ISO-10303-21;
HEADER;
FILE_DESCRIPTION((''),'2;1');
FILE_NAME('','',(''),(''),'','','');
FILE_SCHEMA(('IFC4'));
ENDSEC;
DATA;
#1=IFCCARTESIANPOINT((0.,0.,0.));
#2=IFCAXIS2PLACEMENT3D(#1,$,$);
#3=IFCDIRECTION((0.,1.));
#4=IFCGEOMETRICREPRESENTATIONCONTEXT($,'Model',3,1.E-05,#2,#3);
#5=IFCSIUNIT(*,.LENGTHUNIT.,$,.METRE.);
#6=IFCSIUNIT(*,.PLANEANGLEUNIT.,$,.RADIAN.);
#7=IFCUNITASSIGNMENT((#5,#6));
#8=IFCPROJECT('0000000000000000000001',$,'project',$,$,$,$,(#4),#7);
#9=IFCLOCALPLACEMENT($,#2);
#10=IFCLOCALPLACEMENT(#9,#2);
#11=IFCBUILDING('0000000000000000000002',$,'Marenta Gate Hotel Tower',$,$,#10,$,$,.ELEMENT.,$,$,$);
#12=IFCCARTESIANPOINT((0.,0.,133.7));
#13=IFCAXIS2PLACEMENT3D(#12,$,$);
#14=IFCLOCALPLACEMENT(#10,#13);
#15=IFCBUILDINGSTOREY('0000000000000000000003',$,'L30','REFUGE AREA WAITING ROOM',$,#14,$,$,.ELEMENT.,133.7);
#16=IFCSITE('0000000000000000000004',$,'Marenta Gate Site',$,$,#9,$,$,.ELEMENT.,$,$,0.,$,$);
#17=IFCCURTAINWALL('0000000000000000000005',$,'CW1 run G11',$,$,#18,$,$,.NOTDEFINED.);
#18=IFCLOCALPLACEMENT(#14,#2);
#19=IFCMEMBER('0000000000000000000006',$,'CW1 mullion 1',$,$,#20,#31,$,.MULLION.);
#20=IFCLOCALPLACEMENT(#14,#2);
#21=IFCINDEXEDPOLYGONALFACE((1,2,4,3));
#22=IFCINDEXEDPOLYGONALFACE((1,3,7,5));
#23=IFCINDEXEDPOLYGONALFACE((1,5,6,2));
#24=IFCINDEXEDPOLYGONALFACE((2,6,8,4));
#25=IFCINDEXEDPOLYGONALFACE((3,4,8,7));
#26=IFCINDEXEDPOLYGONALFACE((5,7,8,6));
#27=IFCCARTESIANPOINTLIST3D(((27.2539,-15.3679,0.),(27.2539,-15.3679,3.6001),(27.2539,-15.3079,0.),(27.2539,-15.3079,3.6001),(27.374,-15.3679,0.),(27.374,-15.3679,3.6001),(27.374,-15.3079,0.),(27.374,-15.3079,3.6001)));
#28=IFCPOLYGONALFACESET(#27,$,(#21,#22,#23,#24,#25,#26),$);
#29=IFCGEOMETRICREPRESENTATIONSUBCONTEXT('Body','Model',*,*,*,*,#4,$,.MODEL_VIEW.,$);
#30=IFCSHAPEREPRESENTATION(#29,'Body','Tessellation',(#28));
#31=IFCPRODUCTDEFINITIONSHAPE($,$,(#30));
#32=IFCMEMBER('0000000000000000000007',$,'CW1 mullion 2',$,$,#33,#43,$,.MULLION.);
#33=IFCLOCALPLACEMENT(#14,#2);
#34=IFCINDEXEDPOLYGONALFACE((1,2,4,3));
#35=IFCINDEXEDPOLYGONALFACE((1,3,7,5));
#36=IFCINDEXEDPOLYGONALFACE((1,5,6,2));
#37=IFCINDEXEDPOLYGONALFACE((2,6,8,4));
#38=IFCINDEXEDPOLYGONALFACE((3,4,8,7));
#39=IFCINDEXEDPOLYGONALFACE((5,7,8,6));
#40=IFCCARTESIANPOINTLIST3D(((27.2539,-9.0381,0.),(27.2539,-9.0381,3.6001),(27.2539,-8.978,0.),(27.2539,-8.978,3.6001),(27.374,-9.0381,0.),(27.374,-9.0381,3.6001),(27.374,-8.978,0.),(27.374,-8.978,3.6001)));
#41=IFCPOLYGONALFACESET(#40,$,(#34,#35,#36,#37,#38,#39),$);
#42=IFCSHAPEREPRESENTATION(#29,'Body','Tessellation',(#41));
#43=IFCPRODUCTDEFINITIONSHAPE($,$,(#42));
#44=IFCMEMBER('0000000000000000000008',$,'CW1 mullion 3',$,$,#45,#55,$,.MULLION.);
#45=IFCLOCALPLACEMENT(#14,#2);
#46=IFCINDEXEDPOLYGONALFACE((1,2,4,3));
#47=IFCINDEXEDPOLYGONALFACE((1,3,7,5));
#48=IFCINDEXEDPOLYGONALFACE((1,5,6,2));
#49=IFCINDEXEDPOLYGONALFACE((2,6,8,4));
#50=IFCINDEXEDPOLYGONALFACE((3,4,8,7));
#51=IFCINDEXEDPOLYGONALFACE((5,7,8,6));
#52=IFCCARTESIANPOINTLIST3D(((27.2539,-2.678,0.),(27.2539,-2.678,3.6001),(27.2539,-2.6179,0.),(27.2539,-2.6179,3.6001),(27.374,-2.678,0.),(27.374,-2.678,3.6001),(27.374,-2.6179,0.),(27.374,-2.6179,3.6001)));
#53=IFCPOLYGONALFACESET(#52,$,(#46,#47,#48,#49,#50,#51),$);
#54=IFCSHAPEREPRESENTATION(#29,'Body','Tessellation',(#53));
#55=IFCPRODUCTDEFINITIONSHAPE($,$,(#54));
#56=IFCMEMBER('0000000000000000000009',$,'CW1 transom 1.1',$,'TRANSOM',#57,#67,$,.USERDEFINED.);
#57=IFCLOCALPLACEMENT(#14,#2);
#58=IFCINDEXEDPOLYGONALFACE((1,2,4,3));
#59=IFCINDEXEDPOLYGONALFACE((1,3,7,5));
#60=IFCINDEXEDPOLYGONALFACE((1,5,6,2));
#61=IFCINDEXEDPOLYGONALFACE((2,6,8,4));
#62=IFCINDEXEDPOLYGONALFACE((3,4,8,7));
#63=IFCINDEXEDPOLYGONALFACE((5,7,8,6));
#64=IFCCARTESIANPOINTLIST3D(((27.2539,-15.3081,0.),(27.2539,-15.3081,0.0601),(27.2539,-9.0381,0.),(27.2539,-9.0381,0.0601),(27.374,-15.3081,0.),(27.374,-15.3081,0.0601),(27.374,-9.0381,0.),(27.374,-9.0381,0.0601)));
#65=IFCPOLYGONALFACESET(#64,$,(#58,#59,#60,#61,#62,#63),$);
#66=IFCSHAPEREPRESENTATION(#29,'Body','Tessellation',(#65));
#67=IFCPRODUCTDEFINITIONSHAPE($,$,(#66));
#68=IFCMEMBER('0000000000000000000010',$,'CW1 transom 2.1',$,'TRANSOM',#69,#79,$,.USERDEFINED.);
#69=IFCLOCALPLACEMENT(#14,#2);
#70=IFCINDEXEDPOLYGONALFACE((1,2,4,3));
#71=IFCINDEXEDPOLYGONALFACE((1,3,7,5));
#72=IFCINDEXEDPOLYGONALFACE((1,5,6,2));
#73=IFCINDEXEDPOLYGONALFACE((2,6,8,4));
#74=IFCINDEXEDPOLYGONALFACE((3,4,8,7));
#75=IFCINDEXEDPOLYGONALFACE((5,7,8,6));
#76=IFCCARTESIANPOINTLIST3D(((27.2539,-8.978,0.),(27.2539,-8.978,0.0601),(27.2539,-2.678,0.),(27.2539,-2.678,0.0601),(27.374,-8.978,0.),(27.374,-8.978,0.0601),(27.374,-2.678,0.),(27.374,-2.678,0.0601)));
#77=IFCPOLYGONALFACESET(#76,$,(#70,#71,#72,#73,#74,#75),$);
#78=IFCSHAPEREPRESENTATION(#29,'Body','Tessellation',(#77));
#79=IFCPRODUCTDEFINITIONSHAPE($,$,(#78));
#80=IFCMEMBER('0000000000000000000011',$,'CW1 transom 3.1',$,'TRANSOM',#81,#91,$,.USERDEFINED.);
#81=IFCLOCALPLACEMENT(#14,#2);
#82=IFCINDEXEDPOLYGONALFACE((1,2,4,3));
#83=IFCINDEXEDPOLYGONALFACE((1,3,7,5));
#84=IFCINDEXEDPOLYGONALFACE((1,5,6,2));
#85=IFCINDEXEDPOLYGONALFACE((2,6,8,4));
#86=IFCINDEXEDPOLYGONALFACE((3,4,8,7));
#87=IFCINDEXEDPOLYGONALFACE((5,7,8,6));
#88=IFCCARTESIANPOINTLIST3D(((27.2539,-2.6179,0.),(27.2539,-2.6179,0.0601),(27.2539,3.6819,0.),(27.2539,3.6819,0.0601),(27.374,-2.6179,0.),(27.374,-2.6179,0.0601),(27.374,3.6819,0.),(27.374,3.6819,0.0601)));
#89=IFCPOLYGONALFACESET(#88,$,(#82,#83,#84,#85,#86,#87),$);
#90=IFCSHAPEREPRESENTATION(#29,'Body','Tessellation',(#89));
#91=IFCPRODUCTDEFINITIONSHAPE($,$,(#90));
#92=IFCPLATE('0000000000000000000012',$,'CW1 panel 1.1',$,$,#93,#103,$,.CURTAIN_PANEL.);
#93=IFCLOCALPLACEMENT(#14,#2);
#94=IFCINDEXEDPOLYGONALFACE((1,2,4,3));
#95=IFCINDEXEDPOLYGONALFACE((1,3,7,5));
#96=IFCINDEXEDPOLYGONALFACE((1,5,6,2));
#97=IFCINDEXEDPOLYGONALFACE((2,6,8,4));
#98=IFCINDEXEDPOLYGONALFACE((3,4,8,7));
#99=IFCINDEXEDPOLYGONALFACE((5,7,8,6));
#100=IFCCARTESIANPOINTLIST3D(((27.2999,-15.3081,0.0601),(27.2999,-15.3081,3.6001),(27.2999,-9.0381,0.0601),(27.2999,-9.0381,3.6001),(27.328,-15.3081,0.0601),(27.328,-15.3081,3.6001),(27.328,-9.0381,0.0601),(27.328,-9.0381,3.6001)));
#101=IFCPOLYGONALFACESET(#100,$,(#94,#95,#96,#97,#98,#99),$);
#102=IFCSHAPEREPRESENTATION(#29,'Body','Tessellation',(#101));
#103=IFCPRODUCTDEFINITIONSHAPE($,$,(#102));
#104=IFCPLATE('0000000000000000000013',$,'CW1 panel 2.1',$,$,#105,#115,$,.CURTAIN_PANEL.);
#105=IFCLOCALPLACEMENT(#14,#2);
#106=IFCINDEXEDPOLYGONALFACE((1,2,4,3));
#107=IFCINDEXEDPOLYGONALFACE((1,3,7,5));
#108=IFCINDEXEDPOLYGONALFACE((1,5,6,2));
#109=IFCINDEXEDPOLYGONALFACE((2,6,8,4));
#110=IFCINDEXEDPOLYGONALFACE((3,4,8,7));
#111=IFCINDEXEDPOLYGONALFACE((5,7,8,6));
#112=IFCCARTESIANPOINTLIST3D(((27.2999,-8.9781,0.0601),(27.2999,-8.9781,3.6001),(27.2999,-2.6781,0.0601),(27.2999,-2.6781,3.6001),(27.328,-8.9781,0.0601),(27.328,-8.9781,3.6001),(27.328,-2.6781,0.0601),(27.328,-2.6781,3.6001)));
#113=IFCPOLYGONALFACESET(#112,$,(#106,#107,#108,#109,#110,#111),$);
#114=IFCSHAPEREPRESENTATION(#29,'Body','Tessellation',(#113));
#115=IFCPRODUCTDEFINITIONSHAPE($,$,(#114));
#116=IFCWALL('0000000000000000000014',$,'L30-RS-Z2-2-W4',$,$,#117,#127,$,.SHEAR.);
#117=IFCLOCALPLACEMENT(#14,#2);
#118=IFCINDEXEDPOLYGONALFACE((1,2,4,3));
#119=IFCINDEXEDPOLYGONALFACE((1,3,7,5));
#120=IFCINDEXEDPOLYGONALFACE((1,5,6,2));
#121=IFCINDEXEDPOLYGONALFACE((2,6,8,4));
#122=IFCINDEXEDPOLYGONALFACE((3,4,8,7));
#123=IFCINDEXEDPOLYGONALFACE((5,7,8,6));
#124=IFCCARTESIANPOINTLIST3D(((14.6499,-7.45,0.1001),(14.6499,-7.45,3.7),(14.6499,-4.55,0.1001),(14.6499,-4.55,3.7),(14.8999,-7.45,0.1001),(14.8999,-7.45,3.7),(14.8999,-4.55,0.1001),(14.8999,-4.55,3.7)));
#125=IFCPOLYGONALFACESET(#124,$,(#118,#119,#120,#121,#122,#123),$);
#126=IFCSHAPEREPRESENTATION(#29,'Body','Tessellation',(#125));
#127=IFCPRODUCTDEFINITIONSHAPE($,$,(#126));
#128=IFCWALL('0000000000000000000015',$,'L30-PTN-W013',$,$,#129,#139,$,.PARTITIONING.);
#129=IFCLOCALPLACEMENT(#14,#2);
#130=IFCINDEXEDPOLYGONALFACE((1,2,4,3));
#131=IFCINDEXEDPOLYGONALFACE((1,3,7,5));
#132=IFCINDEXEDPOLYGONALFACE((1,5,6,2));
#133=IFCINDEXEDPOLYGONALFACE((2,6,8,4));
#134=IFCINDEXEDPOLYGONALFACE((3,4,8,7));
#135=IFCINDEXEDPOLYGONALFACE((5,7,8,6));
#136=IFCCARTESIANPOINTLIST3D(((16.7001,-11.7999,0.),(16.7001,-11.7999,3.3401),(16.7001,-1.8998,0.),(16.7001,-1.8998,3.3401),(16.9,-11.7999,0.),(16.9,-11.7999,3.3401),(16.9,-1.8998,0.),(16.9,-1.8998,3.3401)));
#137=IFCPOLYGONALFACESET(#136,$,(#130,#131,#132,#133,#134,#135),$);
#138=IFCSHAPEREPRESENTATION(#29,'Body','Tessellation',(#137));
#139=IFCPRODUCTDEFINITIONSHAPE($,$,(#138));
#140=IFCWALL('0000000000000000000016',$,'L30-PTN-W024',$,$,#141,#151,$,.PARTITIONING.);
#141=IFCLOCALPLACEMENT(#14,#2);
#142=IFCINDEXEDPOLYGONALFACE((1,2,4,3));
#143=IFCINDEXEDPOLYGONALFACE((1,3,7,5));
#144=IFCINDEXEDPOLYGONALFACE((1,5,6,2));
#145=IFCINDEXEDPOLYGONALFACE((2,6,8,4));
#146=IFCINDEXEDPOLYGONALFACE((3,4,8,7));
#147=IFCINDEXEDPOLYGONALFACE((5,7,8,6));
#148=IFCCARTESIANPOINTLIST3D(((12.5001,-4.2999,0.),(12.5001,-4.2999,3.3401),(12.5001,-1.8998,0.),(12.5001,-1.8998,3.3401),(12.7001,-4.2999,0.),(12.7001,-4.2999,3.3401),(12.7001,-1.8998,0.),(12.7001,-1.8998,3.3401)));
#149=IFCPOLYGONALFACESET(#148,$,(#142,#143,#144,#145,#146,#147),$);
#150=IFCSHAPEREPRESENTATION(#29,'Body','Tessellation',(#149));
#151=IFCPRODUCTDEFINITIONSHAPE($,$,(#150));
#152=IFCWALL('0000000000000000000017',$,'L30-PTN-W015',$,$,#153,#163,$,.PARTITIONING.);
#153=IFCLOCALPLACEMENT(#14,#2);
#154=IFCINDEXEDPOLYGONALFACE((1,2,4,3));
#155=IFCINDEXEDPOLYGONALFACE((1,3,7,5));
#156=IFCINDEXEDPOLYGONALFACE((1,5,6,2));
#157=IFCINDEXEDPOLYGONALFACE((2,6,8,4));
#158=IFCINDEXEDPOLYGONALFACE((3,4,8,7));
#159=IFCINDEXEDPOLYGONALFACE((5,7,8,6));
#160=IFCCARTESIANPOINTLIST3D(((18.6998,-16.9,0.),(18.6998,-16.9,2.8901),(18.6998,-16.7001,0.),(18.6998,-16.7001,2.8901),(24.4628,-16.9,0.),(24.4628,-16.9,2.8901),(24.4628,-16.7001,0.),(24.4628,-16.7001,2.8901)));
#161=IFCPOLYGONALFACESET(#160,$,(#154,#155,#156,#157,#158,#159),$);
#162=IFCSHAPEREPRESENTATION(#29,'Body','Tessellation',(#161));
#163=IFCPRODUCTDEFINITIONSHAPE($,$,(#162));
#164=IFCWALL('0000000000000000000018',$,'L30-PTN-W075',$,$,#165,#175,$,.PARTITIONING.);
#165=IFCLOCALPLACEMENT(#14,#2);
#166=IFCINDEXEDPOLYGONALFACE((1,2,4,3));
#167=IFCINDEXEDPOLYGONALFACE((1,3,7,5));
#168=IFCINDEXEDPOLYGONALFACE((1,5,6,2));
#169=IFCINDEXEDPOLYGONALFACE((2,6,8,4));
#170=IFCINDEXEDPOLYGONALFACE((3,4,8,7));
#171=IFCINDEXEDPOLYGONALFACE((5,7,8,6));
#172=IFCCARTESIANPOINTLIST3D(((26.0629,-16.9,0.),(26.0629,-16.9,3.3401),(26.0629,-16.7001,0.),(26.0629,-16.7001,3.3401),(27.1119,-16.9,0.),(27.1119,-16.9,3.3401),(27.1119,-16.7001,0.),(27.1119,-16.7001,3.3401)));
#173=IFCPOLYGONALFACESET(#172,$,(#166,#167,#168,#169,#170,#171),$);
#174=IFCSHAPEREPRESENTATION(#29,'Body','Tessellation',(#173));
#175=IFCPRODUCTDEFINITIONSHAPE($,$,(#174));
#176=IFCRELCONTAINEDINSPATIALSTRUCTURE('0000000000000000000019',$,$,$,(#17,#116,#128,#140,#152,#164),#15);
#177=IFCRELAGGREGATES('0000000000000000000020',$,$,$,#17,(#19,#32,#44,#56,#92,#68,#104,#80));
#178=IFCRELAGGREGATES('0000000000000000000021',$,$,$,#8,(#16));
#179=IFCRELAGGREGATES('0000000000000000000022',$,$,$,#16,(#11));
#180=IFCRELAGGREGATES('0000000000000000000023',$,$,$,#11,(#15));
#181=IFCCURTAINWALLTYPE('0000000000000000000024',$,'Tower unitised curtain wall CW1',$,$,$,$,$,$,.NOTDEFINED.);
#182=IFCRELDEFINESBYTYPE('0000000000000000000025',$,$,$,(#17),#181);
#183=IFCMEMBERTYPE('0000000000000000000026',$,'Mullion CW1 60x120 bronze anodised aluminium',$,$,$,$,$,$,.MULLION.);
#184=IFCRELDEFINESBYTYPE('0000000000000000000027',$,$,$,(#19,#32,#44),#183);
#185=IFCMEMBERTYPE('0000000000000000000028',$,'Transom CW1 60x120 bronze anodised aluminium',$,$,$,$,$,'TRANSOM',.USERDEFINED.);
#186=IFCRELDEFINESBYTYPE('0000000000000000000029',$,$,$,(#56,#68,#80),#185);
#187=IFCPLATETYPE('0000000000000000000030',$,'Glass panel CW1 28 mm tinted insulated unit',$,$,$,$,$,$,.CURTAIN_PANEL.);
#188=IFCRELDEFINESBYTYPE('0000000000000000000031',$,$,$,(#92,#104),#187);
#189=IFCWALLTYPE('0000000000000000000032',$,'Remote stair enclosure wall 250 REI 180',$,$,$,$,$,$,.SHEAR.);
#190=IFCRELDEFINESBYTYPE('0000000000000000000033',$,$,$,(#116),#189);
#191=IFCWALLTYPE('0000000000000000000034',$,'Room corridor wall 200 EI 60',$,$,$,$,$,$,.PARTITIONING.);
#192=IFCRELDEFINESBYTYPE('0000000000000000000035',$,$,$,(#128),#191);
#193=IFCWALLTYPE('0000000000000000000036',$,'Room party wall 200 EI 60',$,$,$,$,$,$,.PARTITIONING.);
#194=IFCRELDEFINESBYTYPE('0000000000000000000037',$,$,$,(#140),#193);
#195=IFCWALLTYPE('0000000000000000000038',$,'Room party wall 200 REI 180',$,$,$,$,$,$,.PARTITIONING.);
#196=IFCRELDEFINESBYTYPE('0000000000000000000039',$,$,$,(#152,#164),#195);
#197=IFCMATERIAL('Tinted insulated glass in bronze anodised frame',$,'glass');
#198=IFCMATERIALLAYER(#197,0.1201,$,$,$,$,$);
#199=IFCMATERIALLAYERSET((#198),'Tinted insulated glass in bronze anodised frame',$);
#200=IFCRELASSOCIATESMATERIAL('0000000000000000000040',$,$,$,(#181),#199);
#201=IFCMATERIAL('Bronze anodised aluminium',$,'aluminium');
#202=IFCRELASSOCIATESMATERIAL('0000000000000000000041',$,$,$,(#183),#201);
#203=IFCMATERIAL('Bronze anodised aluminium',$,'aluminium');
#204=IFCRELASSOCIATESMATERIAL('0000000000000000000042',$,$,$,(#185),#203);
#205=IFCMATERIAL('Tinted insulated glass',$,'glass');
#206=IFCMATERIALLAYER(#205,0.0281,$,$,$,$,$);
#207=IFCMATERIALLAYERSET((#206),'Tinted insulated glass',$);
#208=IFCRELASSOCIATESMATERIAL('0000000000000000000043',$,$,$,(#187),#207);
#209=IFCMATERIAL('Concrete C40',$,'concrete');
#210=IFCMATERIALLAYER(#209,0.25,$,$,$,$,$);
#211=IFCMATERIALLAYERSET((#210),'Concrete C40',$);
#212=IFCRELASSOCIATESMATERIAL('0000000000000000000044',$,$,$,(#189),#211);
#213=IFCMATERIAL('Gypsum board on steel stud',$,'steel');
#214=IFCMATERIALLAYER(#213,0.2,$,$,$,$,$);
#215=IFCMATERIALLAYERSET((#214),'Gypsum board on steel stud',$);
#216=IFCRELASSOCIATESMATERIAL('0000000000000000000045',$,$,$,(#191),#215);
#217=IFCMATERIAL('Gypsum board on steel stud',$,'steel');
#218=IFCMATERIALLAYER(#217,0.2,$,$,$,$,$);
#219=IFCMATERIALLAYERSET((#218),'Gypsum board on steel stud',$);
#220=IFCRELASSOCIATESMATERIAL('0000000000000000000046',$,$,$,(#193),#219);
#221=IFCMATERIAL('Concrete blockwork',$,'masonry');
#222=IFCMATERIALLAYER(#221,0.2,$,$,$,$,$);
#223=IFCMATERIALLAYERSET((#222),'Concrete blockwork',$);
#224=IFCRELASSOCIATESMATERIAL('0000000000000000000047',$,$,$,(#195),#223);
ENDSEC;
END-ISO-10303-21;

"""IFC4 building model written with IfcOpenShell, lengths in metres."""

from ifc_helpers import new_model, si_unit, direction, frame, frame_2d, origin, origin_2d, place, context, subcontext, project, spatial, rectangle, extrude, material, layer, layer_set, material_profile, profile_set, type_object, element, aggregate, save


model = new_model("IFC4")

# Units and contexts
model_context = context("Model", 3, precision=1e-05, world=origin(), true_north=direction((0.0, 1.0)))
body_context = subcontext(model_context, "Body", "Model", "MODEL_VIEW")
ifc_project = project(units=[si_unit("LENGTHUNIT", "METRE"), si_unit("PLANEANGLEUNIT", "RADIAN")], contexts=[model_context])

# Site, building, storey
site_placement = place(None, origin())
site = spatial("IfcSite", under=ifc_project, at=site_placement, Name="Marenta Gate Site", CompositionType="ELEMENT", RefElevation=0.0)
building_placement = place(site_placement, origin())
building = spatial("IfcBuilding", under=site, at=building_placement, Name="Marenta Gate Hotel Tower", CompositionType="ELEMENT")
storey_placement = place(building_placement, frame((0.0, 0.0, 133.7)))
storey = spatial("IfcBuildingStorey", under=building, at=storey_placement, Name="L30", Description="REFUGE AREA WAITING ROOM", CompositionType="ELEMENT", Elevation=133.7)

# Curtain wall, members, plates
ifc_material_1 = material(Name="Tinted insulated glass in bronze anodised frame", Category="glass")
ifc_layer_1 = layer(ifc_material_1, 0.1201)
ifc_layer_set_1 = layer_set([ifc_layer_1], Name="Tinted insulated glass in bronze anodised frame")
curtain_wall_type = type_object("IfcCurtainWallType", Name="Tower unitised curtain wall CW1", PredefinedType="NOTDEFINED", material=ifc_layer_set_1)
curtain_wall_placement = place(storey_placement, origin())
curtain_wall = element("IfcCurtainWall", 1, at=curtain_wall_placement, inside=storey, type_object=curtain_wall_type, Name="CW1 run G11", PredefinedType="NOTDEFINED")
ifc_material_2 = material(Name="Bronze anodised aluminium", Category="aluminium")
ifc_material_profile_1 = material_profile(ifc_material_2, rectangle(XDim=0.1201, YDim=0.0601, at=origin_2d()), Name="Mullion CW1 60x120 bronze anodised aluminium")
ifc_profile_set_1 = profile_set([ifc_material_profile_1], Name="Bronze anodised aluminium")
member_type_1 = type_object("IfcMemberType", Name="Mullion CW1 60x120 bronze anodised aluminium", PredefinedType="MULLION", material=ifc_profile_set_1)
member_1_placement = place(storey_placement, frame((27.314, -15.3379, 0.0), z_axis=(0.0, 0.0, 1.0), x_axis=(-1.0, 0.0, 0.0)))
member_1 = element("IfcMember", 2, at=member_1_placement, type_object=member_type_1, Name="CW1 mullion 1", PredefinedType="MULLION", context=body_context, shape_type="SweptSolid", body=[
    extrude(rectangle(XDim=0.1201, YDim=0.0601, at=origin_2d()), origin(), (0.0, 0.0, 1.0), 3.6001),
])
member_2_placement = place(storey_placement, frame((27.314, -9.0081, 0.0), z_axis=(0.0, 0.0, 1.0), x_axis=(-1.0, 0.0, 0.0)))
member_2 = element("IfcMember", 3, at=member_2_placement, type_object=member_type_1, Name="CW1 mullion 2", PredefinedType="MULLION", context=body_context, shape_type="SweptSolid", body=[
    extrude(rectangle(XDim=0.1201, YDim=0.0601, at=origin_2d()), origin(), (0.0, 0.0, 1.0), 3.6001),
])
member_3_placement = place(storey_placement, frame((27.314, -2.6479, 0.0), z_axis=(0.0, 0.0, 1.0), x_axis=(-1.0, 0.0, 0.0)))
member_3 = element("IfcMember", 4, at=member_3_placement, type_object=member_type_1, Name="CW1 mullion 3", PredefinedType="MULLION", context=body_context, shape_type="SweptSolid", body=[
    extrude(rectangle(XDim=0.1201, YDim=0.0601, at=origin_2d()), origin(), (0.0, 0.0, 1.0), 3.6001),
])
ifc_material_3 = material(Name="Bronze anodised aluminium", Category="aluminium")
ifc_material_profile_2 = material_profile(ifc_material_3, rectangle(XDim=0.1201, YDim=0.0601, at=origin_2d()), Name="Transom CW1 60x120 bronze anodised aluminium")
ifc_profile_set_2 = profile_set([ifc_material_profile_2], Name="Bronze anodised aluminium")
member_type_2 = type_object("IfcMemberType", Name="Transom CW1 60x120 bronze anodised aluminium", ElementType="TRANSOM", PredefinedType="USERDEFINED", material=ifc_profile_set_2)
member_4_placement = place(storey_placement, frame((27.314, -15.3081, 0.03), z_axis=(0.0, 1.0, 0.0), x_axis=(-1.0, 0.0, 0.0)))
member_4 = element("IfcMember", 5, at=member_4_placement, type_object=member_type_2, Name="CW1 transom 1.1", ObjectType="TRANSOM", PredefinedType="USERDEFINED", context=body_context, shape_type="SweptSolid", body=[
    extrude(rectangle(XDim=0.1201, YDim=0.0601, at=origin_2d()), origin(), (0.0, 0.0, 1.0), 6.27),
])
member_5_placement = place(storey_placement, frame((27.314, -8.978, 0.03), z_axis=(0.0, 1.0, 0.0), x_axis=(-1.0, 0.0, 0.0)))
member_5 = element("IfcMember", 6, at=member_5_placement, type_object=member_type_2, Name="CW1 transom 2.1", ObjectType="TRANSOM", PredefinedType="USERDEFINED", context=body_context, shape_type="SweptSolid", body=[
    extrude(rectangle(XDim=0.1201, YDim=0.0601, at=origin_2d()), origin(), (0.0, 0.0, 1.0), 6.3),
])
member_6_placement = place(storey_placement, frame((27.314, -2.6179, 0.03), z_axis=(0.0, 1.0, 0.0), x_axis=(-1.0, 0.0, 0.0)))
member_6 = element("IfcMember", 7, at=member_6_placement, type_object=member_type_2, Name="CW1 transom 3.1", ObjectType="TRANSOM", PredefinedType="USERDEFINED", context=body_context, shape_type="SweptSolid", body=[
    extrude(rectangle(XDim=0.1201, YDim=0.0601, at=origin_2d()), origin(), (0.0, 0.0, 1.0), 6.2998),
])
ifc_material_4 = material(Name="Tinted insulated glass", Category="glass")
ifc_layer_2 = layer(ifc_material_4, 0.0281)
ifc_layer_set_2 = layer_set([ifc_layer_2], Name="Tinted insulated glass")
plate_type = type_object("IfcPlateType", Name="Glass panel CW1 28 mm tinted insulated unit", PredefinedType="CURTAIN_PANEL", material=ifc_layer_set_2)
plate_1_placement = place(storey_placement, frame((27.314, -12.1731, 0.0601), z_axis=(0.0, 0.0, 1.0), x_axis=(0.0, 1.0, 0.0)))
plate_1 = element("IfcPlate", 8, at=plate_1_placement, type_object=plate_type, Name="CW1 panel 1.1", PredefinedType="CURTAIN_PANEL", context=body_context, shape_type="SweptSolid", body=[
    extrude(rectangle(XDim=6.27, YDim=0.0281, at=origin_2d()), origin(), (0.0, 0.0, 1.0), 3.54),
])
plate_2_placement = place(storey_placement, frame((27.314, -5.8281, 0.0601), z_axis=(0.0, 0.0, 1.0), x_axis=(0.0, 1.0, 0.0)))
plate_2 = element("IfcPlate", 9, at=plate_2_placement, type_object=plate_type, Name="CW1 panel 2.1", PredefinedType="CURTAIN_PANEL", context=body_context, shape_type="SweptSolid", body=[
    extrude(rectangle(XDim=6.3, YDim=0.0281, at=origin_2d()), origin(), (0.0, 0.0, 1.0), 3.54),
])
aggregate(curtain_wall, [member_1, member_2, member_3, member_4, plate_1, member_5, plate_2, member_6])

# Walls
ifc_material_5 = material(Name="Concrete C40", Category="concrete")
ifc_layer_3 = layer(ifc_material_5, 0.25)
ifc_layer_set_3 = layer_set([ifc_layer_3], Name="Concrete C40")
wall_type_1 = type_object("IfcWallType", Name="Remote stair enclosure wall 250 REI 180", PredefinedType="SHEAR", material=ifc_layer_set_3)
wall_1_placement = place(storey_placement, frame((14.7749, -7.45, 0.1001), z_axis=(0.0, 0.0, 1.0), x_axis=(0.0, 1.0, 0.0)))
element("IfcWall", 10, at=wall_1_placement, inside=storey, type_object=wall_type_1, Name="L30-RS-Z2-2-W4", PredefinedType="SHEAR", context=body_context, shape_type="SweptSolid", body=[
    extrude(rectangle(XDim=2.8999, YDim=0.25, at=frame_2d((1.45, 0.0))), origin(), (0.0, 0.0, 1.0), 3.5999),
])
ifc_material_6 = material(Name="Gypsum board on steel stud", Category="steel")
ifc_layer_4 = layer(ifc_material_6, 0.2)
ifc_layer_set_4 = layer_set([ifc_layer_4], Name="Gypsum board on steel stud")
wall_type_2 = type_object("IfcWallType", Name="Room corridor wall 200 EI 60", PredefinedType="PARTITIONING", material=ifc_layer_set_4)
wall_2_placement = place(storey_placement, frame((16.8, -11.8, 0.0), z_axis=(0.0, 0.0, 1.0), x_axis=(0.0, 1.0, 0.0)))
element("IfcWall", 11, at=wall_2_placement, inside=storey, type_object=wall_type_2, Name="L30-PTN-W013", PredefinedType="PARTITIONING", context=body_context, shape_type="SweptSolid", body=[
    extrude(rectangle(XDim=9.9001, YDim=0.2, at=frame_2d((4.9502, 0.0))), origin(), (0.0, 0.0, 1.0), 3.3401),
])
ifc_material_7 = material(Name="Gypsum board on steel stud", Category="steel")
ifc_layer_5 = layer(ifc_material_7, 0.2)
ifc_layer_set_5 = layer_set([ifc_layer_5], Name="Gypsum board on steel stud")
wall_type_3 = type_object("IfcWallType", Name="Room party wall 200 EI 60", PredefinedType="PARTITIONING", material=ifc_layer_set_5)
wall_3_placement = place(storey_placement, frame((12.6001, -4.3, 0.0), z_axis=(0.0, 0.0, 1.0), x_axis=(0.0, 1.0, 0.0)))
element("IfcWall", 12, at=wall_3_placement, inside=storey, type_object=wall_type_3, Name="L30-PTN-W024", PredefinedType="PARTITIONING", context=body_context, shape_type="SweptSolid", body=[
    extrude(rectangle(XDim=2.4001, YDim=0.2, at=frame_2d((1.2002, 0.0))), origin(), (0.0, 0.0, 1.0), 3.3401),
])
ifc_material_8 = material(Name="Concrete blockwork", Category="masonry")
ifc_layer_6 = layer(ifc_material_8, 0.2)
ifc_layer_set_6 = layer_set([ifc_layer_6], Name="Concrete blockwork")
wall_type_4 = type_object("IfcWallType", Name="Room party wall 200 REI 180", PredefinedType="PARTITIONING", material=ifc_layer_set_6)
wall_4_placement = place(storey_placement, frame((18.7, -16.8, 0.0), z_axis=(0.0, 0.0, 1.0), x_axis=(1.0, 0.0, 0.0)))
element("IfcWall", 13, at=wall_4_placement, inside=storey, type_object=wall_type_4, Name="L30-PTN-W015", PredefinedType="PARTITIONING", context=body_context, shape_type="SweptSolid", body=[
    extrude(rectangle(XDim=5.7629, YDim=0.2, at=frame_2d((2.8813, 0.0))), origin(), (0.0, 0.0, 1.0), 2.8901),
])
wall_5_placement = place(storey_placement, frame((26.063, -16.8, 0.0), z_axis=(0.0, 0.0, 1.0), x_axis=(1.0, 0.0, 0.0)))
element("IfcWall", 14, at=wall_5_placement, inside=storey, type_object=wall_type_4, Name="L30-PTN-W075", PredefinedType="PARTITIONING", context=body_context, shape_type="SweptSolid", body=[
    extrude(rectangle(XDim=1.0491, YDim=0.2, at=frame_2d((0.5244, 0.0))), origin(), (0.0, 0.0, 1.0), 3.3401),
])

save(model, "model.ifc")
